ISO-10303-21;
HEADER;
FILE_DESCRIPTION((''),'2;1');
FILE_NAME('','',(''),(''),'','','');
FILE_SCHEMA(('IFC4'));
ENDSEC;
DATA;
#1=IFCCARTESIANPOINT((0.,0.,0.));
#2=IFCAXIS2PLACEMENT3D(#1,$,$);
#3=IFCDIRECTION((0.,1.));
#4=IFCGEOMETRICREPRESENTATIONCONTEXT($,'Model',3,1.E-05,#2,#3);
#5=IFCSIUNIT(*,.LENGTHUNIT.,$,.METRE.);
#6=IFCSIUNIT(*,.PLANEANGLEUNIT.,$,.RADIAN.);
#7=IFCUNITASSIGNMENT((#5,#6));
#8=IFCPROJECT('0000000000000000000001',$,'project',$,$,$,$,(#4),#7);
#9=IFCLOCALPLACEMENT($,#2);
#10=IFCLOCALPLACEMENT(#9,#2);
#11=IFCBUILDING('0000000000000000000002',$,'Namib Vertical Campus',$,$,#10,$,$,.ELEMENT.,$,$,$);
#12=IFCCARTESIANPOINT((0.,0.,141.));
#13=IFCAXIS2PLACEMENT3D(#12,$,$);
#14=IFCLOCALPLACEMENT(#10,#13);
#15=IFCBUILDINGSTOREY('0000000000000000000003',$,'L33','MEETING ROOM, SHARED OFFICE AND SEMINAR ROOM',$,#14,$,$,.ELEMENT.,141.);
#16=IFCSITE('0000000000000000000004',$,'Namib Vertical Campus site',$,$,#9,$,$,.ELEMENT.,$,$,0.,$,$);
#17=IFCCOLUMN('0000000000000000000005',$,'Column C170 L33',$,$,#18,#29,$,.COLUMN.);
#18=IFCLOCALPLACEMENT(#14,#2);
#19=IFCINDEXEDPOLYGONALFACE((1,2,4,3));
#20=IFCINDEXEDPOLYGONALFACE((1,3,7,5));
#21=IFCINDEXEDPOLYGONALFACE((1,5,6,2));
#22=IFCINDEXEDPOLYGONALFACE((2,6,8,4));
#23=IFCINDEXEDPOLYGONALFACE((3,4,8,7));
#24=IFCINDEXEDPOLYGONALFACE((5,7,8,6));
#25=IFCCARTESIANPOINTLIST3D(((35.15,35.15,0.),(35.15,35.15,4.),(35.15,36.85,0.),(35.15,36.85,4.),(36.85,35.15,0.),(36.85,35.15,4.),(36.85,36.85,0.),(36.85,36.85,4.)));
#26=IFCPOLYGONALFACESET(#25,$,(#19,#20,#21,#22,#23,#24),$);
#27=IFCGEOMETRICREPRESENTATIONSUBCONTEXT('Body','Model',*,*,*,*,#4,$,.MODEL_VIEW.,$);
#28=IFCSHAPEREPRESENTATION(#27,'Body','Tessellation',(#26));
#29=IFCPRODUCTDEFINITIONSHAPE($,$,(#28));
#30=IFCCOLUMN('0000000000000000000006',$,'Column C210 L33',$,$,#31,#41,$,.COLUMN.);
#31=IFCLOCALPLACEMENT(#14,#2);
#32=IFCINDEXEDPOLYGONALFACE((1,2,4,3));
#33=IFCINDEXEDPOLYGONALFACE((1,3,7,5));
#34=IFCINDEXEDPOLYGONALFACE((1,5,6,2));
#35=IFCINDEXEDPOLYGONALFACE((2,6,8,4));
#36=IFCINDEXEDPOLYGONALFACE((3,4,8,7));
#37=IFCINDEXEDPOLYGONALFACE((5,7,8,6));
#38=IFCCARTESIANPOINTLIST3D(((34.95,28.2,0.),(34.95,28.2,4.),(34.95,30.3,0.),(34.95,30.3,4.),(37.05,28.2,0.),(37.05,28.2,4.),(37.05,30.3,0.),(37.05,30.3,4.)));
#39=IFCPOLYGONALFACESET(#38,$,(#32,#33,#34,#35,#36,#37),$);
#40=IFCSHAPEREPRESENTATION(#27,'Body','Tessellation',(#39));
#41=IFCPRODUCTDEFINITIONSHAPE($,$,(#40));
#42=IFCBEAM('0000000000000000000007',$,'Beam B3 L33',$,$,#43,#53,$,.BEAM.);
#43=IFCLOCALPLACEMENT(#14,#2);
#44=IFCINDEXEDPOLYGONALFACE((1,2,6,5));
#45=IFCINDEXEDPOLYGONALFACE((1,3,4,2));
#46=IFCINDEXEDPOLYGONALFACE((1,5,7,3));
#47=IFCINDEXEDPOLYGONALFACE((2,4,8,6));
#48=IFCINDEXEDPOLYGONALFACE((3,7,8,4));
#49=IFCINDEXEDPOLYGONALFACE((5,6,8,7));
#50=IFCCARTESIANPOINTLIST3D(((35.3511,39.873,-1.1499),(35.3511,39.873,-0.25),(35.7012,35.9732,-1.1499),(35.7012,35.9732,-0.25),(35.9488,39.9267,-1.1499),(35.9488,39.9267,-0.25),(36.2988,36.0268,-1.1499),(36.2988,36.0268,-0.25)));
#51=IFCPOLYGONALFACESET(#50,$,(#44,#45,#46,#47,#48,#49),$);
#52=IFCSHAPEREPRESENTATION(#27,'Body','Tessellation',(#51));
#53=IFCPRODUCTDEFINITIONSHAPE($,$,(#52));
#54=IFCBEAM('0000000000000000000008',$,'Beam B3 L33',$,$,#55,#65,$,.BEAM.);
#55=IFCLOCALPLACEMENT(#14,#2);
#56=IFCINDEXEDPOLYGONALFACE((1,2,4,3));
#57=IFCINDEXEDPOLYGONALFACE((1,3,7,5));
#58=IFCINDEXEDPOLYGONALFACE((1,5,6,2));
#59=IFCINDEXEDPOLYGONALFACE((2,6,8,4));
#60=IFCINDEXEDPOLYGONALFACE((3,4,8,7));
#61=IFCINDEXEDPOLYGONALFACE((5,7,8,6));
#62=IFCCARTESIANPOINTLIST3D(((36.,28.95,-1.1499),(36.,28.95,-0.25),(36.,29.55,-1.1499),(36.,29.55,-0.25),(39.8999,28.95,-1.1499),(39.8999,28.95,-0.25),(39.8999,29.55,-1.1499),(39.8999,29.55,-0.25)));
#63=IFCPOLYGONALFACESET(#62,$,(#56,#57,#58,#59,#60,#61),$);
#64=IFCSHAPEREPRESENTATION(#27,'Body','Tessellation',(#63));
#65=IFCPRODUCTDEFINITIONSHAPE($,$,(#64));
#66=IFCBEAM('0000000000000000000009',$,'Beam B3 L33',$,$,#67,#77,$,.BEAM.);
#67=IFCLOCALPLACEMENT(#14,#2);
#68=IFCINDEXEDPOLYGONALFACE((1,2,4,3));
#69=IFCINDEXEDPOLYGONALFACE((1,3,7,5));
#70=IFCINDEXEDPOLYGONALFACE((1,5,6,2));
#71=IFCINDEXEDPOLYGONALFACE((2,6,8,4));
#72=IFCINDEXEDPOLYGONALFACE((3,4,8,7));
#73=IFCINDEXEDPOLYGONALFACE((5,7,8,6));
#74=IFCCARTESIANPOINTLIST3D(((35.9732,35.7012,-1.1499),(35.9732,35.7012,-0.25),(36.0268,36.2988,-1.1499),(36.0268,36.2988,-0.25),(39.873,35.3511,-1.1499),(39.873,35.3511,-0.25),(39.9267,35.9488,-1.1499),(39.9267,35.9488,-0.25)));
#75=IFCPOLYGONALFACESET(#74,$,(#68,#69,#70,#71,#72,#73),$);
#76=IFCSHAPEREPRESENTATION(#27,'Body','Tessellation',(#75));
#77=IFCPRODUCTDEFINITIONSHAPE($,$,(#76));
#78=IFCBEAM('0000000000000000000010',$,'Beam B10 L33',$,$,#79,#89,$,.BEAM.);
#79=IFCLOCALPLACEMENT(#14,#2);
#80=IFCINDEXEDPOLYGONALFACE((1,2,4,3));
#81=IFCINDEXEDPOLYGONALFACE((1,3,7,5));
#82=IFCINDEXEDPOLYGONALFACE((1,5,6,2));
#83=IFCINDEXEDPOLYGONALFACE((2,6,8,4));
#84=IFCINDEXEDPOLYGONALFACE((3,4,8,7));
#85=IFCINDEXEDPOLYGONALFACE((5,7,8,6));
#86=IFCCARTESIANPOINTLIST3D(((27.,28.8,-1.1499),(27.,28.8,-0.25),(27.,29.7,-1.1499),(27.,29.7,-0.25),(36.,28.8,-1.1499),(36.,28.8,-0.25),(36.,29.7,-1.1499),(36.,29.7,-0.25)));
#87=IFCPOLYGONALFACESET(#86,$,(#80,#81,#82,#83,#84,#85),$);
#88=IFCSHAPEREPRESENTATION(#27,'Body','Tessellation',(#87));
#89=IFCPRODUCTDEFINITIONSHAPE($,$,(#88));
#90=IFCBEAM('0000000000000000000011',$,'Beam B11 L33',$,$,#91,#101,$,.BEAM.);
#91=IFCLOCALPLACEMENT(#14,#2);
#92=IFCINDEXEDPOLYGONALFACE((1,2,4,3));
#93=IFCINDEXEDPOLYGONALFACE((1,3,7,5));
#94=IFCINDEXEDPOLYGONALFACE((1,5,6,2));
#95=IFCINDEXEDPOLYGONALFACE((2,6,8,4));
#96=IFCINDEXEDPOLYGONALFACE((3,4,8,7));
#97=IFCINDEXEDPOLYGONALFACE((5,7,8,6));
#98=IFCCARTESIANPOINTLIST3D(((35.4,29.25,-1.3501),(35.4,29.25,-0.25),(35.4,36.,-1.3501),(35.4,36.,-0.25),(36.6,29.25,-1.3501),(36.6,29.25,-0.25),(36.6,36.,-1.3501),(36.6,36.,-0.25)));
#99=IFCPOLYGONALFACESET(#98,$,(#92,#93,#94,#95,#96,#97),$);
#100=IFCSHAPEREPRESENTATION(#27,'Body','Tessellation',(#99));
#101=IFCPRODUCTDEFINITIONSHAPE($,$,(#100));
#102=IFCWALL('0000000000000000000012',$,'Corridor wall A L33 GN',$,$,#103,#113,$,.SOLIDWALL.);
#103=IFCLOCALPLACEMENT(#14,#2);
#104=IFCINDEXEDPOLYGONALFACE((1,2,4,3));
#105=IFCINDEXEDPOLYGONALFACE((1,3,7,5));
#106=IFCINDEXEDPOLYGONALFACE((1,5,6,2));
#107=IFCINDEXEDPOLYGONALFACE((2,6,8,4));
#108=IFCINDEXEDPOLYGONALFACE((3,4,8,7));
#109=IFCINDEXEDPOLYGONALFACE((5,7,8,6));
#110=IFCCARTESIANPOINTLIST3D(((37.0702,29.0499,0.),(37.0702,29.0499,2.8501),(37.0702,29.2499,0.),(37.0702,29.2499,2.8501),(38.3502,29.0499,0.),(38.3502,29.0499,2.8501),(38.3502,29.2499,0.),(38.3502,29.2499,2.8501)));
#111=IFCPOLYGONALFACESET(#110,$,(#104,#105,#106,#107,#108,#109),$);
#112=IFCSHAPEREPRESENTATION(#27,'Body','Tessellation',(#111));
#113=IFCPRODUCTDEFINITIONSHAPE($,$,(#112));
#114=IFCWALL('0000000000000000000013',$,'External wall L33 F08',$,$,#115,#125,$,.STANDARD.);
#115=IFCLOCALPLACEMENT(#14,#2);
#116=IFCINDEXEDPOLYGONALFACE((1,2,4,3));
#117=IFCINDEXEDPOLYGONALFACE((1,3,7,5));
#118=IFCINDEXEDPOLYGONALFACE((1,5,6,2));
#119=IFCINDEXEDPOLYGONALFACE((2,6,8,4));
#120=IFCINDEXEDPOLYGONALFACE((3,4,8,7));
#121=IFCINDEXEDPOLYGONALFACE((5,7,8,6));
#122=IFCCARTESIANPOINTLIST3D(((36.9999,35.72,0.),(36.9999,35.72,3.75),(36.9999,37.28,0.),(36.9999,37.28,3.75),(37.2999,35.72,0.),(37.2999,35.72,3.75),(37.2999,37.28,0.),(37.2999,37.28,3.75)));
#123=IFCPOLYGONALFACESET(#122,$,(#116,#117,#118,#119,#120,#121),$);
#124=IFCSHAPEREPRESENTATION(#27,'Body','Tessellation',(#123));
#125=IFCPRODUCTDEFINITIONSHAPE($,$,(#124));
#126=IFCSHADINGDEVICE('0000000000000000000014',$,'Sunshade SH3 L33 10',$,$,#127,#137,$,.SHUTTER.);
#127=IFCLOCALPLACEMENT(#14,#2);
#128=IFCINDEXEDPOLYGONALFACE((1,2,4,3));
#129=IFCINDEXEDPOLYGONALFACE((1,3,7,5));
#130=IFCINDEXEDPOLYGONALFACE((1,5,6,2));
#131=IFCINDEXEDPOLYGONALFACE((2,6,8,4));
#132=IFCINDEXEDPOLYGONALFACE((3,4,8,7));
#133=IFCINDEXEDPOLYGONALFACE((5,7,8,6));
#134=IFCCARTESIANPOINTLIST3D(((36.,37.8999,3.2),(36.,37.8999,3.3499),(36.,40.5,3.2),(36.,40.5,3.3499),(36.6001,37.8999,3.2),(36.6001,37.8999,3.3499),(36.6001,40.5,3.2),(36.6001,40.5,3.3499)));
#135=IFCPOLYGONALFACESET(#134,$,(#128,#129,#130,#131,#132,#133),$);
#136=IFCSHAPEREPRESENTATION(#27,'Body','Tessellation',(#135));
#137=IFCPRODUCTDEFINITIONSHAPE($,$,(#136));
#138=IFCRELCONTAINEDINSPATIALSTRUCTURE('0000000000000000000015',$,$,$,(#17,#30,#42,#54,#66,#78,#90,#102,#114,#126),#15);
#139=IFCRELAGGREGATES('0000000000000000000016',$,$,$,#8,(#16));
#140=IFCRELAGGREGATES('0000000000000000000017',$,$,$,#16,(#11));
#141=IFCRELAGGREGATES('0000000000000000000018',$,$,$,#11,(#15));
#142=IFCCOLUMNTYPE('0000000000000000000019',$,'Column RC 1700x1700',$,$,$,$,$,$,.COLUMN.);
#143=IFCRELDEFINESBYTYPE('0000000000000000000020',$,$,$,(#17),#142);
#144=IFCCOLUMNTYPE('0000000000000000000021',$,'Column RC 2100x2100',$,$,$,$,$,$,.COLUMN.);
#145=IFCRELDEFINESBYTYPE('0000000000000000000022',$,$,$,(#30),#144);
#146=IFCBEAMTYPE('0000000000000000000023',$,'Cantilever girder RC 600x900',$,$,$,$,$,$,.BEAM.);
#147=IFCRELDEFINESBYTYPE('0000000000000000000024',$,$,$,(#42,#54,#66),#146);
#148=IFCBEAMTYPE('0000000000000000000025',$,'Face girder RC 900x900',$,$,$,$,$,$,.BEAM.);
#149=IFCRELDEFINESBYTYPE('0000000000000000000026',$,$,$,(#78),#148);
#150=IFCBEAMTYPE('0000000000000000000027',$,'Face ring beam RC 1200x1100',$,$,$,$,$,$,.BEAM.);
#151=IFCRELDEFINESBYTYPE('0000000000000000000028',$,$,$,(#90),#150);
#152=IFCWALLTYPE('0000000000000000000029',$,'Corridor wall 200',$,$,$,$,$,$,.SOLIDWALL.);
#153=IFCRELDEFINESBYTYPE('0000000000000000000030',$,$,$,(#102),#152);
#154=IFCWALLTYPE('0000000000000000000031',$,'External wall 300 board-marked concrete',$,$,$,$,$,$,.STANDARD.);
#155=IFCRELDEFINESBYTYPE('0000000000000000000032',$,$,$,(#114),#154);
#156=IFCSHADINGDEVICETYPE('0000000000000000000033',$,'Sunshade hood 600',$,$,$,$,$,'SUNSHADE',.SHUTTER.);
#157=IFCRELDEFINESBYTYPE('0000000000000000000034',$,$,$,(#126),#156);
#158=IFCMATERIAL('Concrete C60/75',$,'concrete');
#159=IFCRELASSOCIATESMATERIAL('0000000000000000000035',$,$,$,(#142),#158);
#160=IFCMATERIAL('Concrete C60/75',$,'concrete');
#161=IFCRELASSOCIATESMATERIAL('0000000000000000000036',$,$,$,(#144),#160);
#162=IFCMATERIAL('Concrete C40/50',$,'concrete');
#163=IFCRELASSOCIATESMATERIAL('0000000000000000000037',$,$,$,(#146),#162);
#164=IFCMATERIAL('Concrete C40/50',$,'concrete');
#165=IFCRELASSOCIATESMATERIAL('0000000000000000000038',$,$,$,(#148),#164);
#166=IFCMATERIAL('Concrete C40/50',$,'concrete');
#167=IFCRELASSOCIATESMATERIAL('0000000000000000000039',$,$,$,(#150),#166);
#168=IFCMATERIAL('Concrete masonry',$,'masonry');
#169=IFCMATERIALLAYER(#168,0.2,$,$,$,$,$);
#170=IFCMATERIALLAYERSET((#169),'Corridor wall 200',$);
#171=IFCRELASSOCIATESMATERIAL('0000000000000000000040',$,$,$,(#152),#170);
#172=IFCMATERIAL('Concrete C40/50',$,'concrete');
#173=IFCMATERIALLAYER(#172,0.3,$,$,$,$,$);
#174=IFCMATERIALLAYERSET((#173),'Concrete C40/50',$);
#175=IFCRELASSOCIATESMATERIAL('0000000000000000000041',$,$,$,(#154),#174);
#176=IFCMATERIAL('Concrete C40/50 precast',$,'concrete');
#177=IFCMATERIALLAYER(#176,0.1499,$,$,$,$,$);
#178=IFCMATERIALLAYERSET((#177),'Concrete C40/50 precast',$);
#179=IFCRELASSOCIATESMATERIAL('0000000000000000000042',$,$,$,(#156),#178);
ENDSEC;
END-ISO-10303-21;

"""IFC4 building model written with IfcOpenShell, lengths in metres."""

from ifc_helpers import new_model, si_unit, direction, frame, frame_2d, origin, origin_2d, place, context, subcontext, project, spatial, rectangle, extrude, material, layer, layer_set, material_profile, profile_set, type_object, element, save


model = new_model("IFC4")

# Units and contexts
model_context = context("Model", 3, precision=1e-05, world=origin(), true_north=direction((0.0, 1.0)))
body_context = subcontext(model_context, "Body", "Model", "MODEL_VIEW")
ifc_project = project(units=[si_unit("LENGTHUNIT", "METRE"), si_unit("PLANEANGLEUNIT", "RADIAN")], contexts=[model_context])

# Site, building, storey
site_placement = place(None, origin())
site = spatial("IfcSite", under=ifc_project, at=site_placement, Name="Namib Vertical Campus site", CompositionType="ELEMENT", RefElevation=0.0)
building_placement = place(site_placement, origin())
building = spatial("IfcBuilding", under=site, at=building_placement, Name="Namib Vertical Campus", CompositionType="ELEMENT")
storey_placement = place(building_placement, frame((0.0, 0.0, 141.0)))
storey = spatial("IfcBuildingStorey", under=building, at=storey_placement, Name="L33", Description="MEETING ROOM, SHARED OFFICE AND SEMINAR ROOM", CompositionType="ELEMENT", Elevation=141.0)

# Columns
ifc_material_1 = material(Name="Concrete C60/75", Category="concrete")
ifc_material_profile_1 = material_profile(ifc_material_1, rectangle(XDim=1.7, YDim=1.7, at=origin_2d()))
ifc_profile_set_1 = profile_set([ifc_material_profile_1], Name="Concrete C60/75")
column_type_1 = type_object("IfcColumnType", Name="Column RC 1700x1700", PredefinedType="COLUMN", material=ifc_profile_set_1)
column_1_placement = place(storey_placement, frame((36.0, 36.0, 0.0), z_axis=(0.0, 0.0, 1.0), x_axis=(1.0, 0.0, 0.0)))
element("IfcColumn", 1, at=column_1_placement, inside=storey, type_object=column_type_1, Name="Column C170 L33", PredefinedType="COLUMN", context=body_context, shape_type="SweptSolid", body=[
    extrude(rectangle(XDim=1.7, YDim=1.7, at=origin_2d()), origin(), (0.0, 0.0, 1.0), 4.0),
])
ifc_material_2 = material(Name="Concrete C60/75", Category="concrete")
ifc_material_profile_2 = material_profile(ifc_material_2, rectangle(XDim=2.1001, YDim=2.1001, at=origin_2d()))
ifc_profile_set_2 = profile_set([ifc_material_profile_2], Name="Concrete C60/75")
column_type_2 = type_object("IfcColumnType", Name="Column RC 2100x2100", PredefinedType="COLUMN", material=ifc_profile_set_2)
column_2_placement = place(storey_placement, frame((36.0, 29.25, 0.0), z_axis=(0.0, 0.0, 1.0), x_axis=(1.0, 0.0, 0.0)))
element("IfcColumn", 2, at=column_2_placement, inside=storey, type_object=column_type_2, Name="Column C210 L33", PredefinedType="COLUMN", context=body_context, shape_type="SweptSolid", body=[
    extrude(rectangle(XDim=2.1001, YDim=2.1001, at=origin_2d()), origin(), (0.0, 0.0, 1.0), 4.0),
])

# Beams
ifc_material_3 = material(Name="Concrete C40/50", Category="concrete")
ifc_material_profile_3 = material_profile(ifc_material_3, rectangle(XDim=0.6001, YDim=0.8999, at=origin_2d()))
ifc_profile_set_3 = profile_set([ifc_material_profile_3], Name="Concrete C40/50")
beam_type_1 = type_object("IfcBeamType", Name="Cantilever girder RC 600x900", PredefinedType="BEAM", material=ifc_profile_set_3)
beam_1_placement = place(storey_placement, frame((36.0, 36.0, -0.7), z_axis=(-0.089411, 0.995995, 0.0), x_axis=(-0.995995, -0.089411, 0.0)))
element("IfcBeam", 3, at=beam_1_placement, inside=storey, type_object=beam_type_1, Name="Beam B3 L33", PredefinedType="BEAM", context=body_context, shape_type="SweptSolid", body=[
    extrude(rectangle(XDim=0.6001, YDim=0.8999, at=origin_2d()), origin(), (0.0, 0.0, 1.0), 3.9155),
])
beam_2_placement = place(storey_placement, frame((36.0, 29.25, -0.7), z_axis=(1.0, 0.0, 0.0), x_axis=(0.0, 1.0, 0.0)))
element("IfcBeam", 4, at=beam_2_placement, inside=storey, type_object=beam_type_1, Name="Beam B3 L33", PredefinedType="BEAM", context=body_context, shape_type="SweptSolid", body=[
    extrude(rectangle(XDim=0.6001, YDim=0.8999, at=origin_2d()), origin(), (0.0, 0.0, 1.0), 3.8999),
])
beam_3_placement = place(storey_placement, frame((36.0, 36.0, -0.7), z_axis=(0.995995, -0.089411, 0.0), x_axis=(0.089411, 0.995995, 0.0)))
element("IfcBeam", 5, at=beam_3_placement, inside=storey, type_object=beam_type_1, Name="Beam B3 L33", PredefinedType="BEAM", context=body_context, shape_type="SweptSolid", body=[
    extrude(rectangle(XDim=0.6001, YDim=0.8999, at=origin_2d()), origin(), (0.0, 0.0, 1.0), 3.9155),
])
ifc_material_4 = material(Name="Concrete C40/50", Category="concrete")
ifc_material_profile_4 = material_profile(ifc_material_4, rectangle(XDim=0.8999, YDim=0.8999, at=origin_2d()))
ifc_profile_set_4 = profile_set([ifc_material_profile_4], Name="Concrete C40/50")
beam_type_2 = type_object("IfcBeamType", Name="Face girder RC 900x900", PredefinedType="BEAM", material=ifc_profile_set_4)
beam_4_placement = place(storey_placement, frame((36.0, 29.25, -0.7), z_axis=(-1.0, 0.0, 0.0), x_axis=(0.0, -1.0, 0.0)))
element("IfcBeam", 6, at=beam_4_placement, inside=storey, type_object=beam_type_2, Name="Beam B10 L33", PredefinedType="BEAM", context=body_context, shape_type="SweptSolid", body=[
    extrude(rectangle(XDim=0.8999, YDim=0.8999, at=origin_2d()), origin(), (0.0, 0.0, 1.0), 9.0),
])
ifc_material_5 = material(Name="Concrete C40/50", Category="concrete")
ifc_material_profile_5 = material_profile(ifc_material_5, rectangle(XDim=1.2, YDim=1.1001, at=origin_2d()))
ifc_profile_set_5 = profile_set([ifc_material_profile_5], Name="Concrete C40/50")
beam_type_3 = type_object("IfcBeamType", Name="Face ring beam RC 1200x1100", PredefinedType="BEAM", material=ifc_profile_set_5)
beam_5_placement = place(storey_placement, frame((36.0, 29.25, -0.8), z_axis=(0.0, 1.0, 0.0), x_axis=(-1.0, 0.0, 0.0)))
element("IfcBeam", 7, at=beam_5_placement, inside=storey, type_object=beam_type_3, Name="Beam B11 L33", PredefinedType="BEAM", context=body_context, shape_type="SweptSolid", body=[
    extrude(rectangle(XDim=1.2, YDim=1.1001, at=origin_2d()), origin(), (0.0, 0.0, 1.0), 6.75),
])

# Walls
ifc_material_6 = material(Name="Concrete masonry", Category="masonry")
ifc_layer_1 = layer(ifc_material_6, 0.2)
ifc_layer_set_1 = layer_set([ifc_layer_1], Name="Corridor wall 200")
wall_type_1 = type_object("IfcWallType", Name="Corridor wall 200", PredefinedType="SOLIDWALL", material=ifc_layer_set_1)
wall_1_placement = place(storey_placement, frame((37.0701, 29.1499, 0.0), z_axis=(0.0, 0.0, 1.0), x_axis=(1.0, 0.0, 0.0)))
element("IfcWall", 8, at=wall_1_placement, inside=storey, type_object=wall_type_1, Name="Corridor wall A L33 GN", PredefinedType="SOLIDWALL", context=body_context, shape_type="SweptSolid", body=[
    extrude(rectangle(XDim=1.28, YDim=0.2, at=frame_2d((0.6401, 0.0))), origin(), (0.0, 0.0, 1.0), 2.8501),
])
ifc_material_7 = material(Name="Concrete C40/50", Category="concrete")
ifc_layer_2 = layer(ifc_material_7, 0.3)
ifc_layer_set_2 = layer_set([ifc_layer_2], Name="Concrete C40/50")
wall_type_2 = type_object("IfcWallType", Name="External wall 300 board-marked concrete", PredefinedType="STANDARD", material=ifc_layer_set_2)
wall_2_placement = place(storey_placement, frame((37.1499, 35.72, 0.0), z_axis=(0.0, 0.0, 1.0), x_axis=(0.0, 1.0, 0.0)))
element("IfcWall", 9, at=wall_2_placement, inside=storey, type_object=wall_type_2, Name="External wall L33 F08", PredefinedType="STANDARD", context=body_context, shape_type="SweptSolid", body=[
    extrude(rectangle(XDim=1.5601, YDim=0.3, at=frame_2d((0.78, 0.0))), origin(), (0.0, 0.0, 1.0), 3.75),
])

# Shading device
ifc_material_8 = material(Name="Concrete C40/50 precast", Category="concrete")
ifc_layer_3 = layer(ifc_material_8, 0.1499)
ifc_layer_set_3 = layer_set([ifc_layer_3], Name="Concrete C40/50 precast")
shading_device_type = type_object("IfcShadingDeviceType", Name="Sunshade hood 600", ElementType="SUNSHADE", PredefinedType="SHUTTER", material=ifc_layer_set_3)
shading_device_placement = place(storey_placement, frame((36.3, 39.2, 3.2), z_axis=(0.0, 0.0, 1.0), x_axis=(0.0, 1.0, 0.0)))
element("IfcShadingDevice", 10, at=shading_device_placement, inside=storey, type_object=shading_device_type, Name="Sunshade SH3 L33 10", PredefinedType="SHUTTER", context=body_context, shape_type="SweptSolid", body=[
    extrude(rectangle(XDim=2.6001, YDim=0.6001, at=origin_2d()), origin(), (0.0, 0.0, 1.0), 0.1499),
])

save(model, "model.ifc")
